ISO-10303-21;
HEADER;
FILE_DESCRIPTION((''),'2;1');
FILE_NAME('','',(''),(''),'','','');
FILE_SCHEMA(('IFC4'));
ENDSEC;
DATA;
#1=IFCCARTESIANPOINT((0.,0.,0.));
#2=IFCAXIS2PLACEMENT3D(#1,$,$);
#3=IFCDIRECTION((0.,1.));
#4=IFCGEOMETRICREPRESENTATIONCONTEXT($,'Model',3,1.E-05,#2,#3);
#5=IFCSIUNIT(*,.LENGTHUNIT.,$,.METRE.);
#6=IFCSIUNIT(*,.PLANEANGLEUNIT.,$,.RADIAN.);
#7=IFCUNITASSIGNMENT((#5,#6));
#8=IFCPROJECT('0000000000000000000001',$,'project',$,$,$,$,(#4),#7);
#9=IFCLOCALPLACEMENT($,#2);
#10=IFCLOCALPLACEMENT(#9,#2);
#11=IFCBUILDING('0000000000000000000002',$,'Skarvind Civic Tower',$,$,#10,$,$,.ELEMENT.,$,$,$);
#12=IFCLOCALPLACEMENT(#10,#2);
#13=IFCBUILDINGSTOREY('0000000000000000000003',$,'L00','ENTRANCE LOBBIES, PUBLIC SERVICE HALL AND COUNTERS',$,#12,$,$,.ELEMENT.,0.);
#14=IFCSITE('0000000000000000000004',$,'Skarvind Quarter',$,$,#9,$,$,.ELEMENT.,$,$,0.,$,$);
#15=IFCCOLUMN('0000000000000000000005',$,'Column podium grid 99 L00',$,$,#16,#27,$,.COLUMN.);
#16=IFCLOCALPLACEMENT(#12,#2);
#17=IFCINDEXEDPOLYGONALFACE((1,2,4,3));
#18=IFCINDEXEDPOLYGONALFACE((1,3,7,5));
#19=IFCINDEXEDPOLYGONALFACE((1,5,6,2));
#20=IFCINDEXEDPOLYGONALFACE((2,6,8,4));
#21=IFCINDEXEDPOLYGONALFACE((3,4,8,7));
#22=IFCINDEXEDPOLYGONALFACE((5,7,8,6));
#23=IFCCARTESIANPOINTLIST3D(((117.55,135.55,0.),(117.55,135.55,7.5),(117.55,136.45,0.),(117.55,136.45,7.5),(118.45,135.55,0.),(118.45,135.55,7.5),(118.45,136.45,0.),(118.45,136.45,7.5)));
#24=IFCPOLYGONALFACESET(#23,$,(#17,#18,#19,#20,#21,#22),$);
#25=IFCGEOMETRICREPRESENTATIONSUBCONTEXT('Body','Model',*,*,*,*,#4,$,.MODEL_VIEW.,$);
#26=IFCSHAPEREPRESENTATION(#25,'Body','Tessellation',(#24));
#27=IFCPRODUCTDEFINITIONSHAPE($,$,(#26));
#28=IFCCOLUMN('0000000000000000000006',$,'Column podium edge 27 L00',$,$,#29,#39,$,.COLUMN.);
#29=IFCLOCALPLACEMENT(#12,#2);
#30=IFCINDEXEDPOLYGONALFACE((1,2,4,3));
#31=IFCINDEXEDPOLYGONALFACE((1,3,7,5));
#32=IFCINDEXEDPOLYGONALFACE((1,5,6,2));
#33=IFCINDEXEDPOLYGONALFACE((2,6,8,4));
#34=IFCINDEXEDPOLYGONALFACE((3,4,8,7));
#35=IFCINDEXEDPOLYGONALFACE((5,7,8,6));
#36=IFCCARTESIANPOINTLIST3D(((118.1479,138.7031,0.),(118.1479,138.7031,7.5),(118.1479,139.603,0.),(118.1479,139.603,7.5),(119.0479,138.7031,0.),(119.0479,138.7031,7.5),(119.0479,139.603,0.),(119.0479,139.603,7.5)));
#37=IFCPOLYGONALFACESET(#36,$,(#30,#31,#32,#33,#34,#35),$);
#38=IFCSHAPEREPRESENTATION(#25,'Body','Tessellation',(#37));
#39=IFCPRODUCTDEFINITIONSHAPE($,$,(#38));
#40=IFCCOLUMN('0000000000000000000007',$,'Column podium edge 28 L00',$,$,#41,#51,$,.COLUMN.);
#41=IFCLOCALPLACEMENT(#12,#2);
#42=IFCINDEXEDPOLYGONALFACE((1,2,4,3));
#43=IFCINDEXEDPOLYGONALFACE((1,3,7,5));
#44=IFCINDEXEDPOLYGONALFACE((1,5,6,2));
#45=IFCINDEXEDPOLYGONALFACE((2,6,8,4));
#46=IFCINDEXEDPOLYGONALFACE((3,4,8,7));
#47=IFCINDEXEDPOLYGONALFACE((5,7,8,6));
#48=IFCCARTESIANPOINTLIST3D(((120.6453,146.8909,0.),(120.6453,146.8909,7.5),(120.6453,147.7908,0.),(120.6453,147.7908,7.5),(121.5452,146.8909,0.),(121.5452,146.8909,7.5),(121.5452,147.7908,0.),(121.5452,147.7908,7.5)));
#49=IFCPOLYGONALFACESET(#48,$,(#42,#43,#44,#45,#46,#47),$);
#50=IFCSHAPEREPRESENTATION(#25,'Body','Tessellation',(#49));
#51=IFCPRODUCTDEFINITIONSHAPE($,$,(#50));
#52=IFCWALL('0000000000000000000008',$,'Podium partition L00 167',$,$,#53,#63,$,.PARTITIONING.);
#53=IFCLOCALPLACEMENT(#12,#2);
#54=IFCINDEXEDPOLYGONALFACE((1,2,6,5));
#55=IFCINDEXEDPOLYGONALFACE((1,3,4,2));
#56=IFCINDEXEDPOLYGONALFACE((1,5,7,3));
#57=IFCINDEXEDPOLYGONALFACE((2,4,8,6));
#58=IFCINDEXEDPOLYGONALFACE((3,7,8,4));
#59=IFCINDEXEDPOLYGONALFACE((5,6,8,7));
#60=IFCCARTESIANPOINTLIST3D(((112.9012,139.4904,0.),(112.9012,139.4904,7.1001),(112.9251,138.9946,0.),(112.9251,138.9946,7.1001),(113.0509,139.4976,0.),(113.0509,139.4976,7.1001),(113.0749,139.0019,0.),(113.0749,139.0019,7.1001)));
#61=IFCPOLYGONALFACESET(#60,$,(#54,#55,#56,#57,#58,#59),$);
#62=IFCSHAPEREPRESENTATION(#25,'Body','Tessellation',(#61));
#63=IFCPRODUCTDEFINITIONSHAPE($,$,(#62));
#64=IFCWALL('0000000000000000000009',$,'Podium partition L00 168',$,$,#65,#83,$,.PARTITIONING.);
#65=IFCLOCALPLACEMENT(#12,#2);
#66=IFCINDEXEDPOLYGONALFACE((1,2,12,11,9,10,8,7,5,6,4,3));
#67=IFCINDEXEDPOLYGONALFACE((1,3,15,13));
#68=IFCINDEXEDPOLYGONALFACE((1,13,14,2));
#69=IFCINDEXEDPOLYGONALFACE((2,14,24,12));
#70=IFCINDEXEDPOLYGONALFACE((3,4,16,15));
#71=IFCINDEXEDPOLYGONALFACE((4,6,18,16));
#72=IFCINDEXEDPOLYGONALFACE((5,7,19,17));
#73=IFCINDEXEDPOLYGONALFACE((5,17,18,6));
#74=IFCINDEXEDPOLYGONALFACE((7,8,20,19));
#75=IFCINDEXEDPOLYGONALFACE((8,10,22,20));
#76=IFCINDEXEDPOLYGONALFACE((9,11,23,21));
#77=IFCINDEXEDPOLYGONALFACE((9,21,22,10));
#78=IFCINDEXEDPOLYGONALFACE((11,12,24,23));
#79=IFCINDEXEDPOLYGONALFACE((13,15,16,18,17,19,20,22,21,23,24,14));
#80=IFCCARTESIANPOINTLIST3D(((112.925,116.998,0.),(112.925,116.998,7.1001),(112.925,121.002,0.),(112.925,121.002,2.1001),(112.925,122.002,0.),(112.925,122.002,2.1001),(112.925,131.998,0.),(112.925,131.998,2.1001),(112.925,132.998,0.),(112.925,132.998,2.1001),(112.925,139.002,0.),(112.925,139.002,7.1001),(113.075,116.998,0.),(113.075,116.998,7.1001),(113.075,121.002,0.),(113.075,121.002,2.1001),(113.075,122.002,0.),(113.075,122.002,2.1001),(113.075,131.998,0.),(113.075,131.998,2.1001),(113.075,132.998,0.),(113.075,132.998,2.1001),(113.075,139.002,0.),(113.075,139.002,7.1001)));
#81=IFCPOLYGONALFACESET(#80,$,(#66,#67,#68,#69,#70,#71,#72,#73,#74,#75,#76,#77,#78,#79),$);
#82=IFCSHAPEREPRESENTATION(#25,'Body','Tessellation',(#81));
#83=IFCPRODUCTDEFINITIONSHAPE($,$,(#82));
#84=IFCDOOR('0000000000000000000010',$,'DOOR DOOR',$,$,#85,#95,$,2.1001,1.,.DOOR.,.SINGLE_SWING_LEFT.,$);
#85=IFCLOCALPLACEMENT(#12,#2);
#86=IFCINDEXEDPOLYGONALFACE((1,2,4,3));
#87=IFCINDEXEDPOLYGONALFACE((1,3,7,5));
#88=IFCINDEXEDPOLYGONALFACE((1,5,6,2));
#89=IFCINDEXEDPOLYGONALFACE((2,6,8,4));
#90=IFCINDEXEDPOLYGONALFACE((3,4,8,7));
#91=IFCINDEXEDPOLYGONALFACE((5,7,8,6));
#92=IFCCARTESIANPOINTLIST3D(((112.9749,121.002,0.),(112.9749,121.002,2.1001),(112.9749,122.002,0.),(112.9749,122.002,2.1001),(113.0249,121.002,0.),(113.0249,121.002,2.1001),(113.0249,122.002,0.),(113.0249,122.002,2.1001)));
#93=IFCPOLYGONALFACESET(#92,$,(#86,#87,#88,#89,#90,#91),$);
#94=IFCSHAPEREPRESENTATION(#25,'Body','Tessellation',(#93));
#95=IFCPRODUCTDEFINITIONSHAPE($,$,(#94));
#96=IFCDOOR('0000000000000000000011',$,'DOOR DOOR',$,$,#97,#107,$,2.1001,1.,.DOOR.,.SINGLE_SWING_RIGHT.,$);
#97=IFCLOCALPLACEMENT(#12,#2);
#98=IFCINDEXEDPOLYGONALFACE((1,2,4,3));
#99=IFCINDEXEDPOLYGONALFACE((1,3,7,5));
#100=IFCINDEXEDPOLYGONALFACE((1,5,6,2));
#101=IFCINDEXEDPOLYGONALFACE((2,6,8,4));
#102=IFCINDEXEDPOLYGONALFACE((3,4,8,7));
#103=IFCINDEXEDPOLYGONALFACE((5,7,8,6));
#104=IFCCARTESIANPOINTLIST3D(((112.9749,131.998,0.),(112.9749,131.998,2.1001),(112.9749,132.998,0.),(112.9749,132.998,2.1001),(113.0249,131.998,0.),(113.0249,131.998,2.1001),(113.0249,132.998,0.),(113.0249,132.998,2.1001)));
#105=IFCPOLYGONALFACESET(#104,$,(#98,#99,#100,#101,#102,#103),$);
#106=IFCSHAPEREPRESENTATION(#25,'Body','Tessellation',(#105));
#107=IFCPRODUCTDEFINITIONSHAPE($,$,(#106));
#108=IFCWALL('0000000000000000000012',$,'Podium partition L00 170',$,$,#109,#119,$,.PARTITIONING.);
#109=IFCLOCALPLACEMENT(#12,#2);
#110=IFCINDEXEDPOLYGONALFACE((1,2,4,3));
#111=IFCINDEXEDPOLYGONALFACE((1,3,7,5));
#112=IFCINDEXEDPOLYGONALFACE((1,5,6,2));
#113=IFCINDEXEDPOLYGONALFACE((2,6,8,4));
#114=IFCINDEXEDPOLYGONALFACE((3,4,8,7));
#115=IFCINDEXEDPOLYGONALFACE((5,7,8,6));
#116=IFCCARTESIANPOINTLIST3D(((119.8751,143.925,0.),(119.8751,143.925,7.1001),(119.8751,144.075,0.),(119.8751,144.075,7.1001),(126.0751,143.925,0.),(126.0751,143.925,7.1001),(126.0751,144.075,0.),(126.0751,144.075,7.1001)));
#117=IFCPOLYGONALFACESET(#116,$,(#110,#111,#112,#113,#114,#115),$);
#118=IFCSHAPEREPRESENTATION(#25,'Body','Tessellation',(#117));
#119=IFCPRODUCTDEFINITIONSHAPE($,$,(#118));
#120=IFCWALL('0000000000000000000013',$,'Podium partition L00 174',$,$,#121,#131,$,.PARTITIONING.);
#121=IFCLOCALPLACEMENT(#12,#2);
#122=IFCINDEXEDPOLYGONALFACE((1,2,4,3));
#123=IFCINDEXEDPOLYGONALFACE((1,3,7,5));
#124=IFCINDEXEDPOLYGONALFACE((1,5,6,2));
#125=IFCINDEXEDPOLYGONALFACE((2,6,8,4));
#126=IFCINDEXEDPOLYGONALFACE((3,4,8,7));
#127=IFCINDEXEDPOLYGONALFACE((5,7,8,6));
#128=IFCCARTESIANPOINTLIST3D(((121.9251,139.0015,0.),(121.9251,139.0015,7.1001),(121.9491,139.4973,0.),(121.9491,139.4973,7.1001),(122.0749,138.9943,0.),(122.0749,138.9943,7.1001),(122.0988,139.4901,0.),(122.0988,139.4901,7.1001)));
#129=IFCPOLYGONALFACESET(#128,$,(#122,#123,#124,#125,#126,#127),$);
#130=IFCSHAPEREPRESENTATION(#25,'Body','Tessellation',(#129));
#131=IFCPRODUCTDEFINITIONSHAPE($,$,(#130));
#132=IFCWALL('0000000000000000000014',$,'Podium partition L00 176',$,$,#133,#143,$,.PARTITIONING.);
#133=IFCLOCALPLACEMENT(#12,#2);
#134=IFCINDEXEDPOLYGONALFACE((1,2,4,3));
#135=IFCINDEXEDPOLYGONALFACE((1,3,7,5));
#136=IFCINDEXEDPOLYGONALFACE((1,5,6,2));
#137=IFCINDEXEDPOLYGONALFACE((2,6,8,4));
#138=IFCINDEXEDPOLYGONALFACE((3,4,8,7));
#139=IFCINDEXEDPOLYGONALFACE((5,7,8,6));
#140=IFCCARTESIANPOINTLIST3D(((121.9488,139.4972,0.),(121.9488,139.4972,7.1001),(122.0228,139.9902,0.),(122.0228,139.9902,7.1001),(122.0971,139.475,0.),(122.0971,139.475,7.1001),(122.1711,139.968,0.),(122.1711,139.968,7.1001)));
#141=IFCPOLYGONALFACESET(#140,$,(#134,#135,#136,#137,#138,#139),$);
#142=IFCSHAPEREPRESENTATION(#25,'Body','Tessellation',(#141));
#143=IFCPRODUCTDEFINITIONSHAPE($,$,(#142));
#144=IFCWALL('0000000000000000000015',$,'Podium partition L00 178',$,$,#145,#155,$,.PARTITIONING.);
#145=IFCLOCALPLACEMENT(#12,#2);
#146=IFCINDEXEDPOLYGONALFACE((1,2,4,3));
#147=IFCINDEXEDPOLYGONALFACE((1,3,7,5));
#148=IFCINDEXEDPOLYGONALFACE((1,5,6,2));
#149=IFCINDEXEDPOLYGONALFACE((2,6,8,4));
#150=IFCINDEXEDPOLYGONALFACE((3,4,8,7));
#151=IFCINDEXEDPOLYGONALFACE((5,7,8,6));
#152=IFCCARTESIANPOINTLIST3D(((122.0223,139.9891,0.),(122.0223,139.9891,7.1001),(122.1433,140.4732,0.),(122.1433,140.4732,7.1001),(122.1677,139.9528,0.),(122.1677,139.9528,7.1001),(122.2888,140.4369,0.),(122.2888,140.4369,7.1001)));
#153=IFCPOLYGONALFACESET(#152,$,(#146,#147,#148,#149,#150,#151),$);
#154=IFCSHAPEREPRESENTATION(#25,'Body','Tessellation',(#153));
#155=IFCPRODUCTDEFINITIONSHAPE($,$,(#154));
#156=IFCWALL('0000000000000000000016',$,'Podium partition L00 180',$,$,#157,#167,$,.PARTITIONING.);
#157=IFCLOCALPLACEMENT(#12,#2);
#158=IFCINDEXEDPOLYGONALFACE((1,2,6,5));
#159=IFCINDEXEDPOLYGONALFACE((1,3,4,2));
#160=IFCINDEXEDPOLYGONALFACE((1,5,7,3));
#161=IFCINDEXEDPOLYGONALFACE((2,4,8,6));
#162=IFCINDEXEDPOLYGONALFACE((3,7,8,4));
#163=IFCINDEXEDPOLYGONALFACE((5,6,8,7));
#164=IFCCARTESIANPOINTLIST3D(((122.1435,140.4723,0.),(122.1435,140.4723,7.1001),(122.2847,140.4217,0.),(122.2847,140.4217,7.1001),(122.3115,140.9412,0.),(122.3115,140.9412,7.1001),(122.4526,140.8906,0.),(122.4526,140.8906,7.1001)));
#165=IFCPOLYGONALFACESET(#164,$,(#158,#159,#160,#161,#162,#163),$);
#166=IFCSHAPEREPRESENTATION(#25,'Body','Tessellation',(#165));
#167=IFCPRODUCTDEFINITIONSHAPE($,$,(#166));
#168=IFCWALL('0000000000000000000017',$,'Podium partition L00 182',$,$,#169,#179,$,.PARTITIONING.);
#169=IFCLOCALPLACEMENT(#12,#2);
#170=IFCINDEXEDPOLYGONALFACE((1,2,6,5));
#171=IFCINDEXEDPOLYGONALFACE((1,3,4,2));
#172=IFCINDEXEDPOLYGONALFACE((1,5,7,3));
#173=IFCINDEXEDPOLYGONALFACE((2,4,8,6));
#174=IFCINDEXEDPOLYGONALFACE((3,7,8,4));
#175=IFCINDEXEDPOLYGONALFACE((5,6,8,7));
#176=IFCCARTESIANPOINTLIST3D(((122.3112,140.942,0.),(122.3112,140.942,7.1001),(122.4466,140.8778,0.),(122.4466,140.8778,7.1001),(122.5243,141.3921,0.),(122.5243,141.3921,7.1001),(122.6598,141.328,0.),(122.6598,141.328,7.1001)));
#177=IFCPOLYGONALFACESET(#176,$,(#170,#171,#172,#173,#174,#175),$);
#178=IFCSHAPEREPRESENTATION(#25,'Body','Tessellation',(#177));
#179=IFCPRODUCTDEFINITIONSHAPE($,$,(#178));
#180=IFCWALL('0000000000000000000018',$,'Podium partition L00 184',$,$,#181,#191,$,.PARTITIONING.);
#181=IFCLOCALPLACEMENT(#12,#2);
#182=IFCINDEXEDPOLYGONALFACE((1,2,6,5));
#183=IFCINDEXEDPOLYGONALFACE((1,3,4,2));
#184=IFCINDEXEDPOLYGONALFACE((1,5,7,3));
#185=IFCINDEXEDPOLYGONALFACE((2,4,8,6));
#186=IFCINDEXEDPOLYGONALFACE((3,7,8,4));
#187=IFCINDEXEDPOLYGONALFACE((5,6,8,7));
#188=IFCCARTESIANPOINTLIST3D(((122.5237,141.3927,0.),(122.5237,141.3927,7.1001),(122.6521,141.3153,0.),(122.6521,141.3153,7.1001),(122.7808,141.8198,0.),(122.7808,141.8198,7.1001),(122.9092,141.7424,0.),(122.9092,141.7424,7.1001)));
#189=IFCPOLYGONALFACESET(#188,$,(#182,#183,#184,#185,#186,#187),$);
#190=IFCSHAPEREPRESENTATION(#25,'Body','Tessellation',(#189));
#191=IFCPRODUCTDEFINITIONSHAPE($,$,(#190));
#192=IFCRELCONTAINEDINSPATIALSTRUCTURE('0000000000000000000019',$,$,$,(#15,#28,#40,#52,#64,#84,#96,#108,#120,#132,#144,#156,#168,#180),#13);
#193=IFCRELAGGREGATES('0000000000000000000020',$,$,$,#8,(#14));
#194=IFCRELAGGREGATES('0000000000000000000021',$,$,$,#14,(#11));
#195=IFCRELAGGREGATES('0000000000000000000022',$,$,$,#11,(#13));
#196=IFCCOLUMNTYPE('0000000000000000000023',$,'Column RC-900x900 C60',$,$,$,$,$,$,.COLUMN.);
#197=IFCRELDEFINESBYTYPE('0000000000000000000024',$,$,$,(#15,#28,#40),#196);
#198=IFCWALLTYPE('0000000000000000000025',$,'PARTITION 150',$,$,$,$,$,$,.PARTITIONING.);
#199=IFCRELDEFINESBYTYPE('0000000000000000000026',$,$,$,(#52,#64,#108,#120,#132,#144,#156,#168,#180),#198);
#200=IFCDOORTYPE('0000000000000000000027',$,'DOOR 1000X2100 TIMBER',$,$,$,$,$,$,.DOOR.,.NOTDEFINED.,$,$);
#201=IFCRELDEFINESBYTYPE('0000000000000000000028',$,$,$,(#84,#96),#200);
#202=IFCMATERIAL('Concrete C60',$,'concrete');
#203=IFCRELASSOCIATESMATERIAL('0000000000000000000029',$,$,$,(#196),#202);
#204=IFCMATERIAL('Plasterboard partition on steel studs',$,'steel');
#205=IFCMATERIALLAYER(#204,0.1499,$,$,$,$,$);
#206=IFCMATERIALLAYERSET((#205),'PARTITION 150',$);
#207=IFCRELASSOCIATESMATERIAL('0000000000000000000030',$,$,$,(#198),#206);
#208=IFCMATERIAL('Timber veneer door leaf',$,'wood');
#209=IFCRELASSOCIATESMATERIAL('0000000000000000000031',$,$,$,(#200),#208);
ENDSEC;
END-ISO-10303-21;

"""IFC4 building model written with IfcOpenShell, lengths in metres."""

from ifc_helpers import new_model, si_unit, direction, frame, frame_2d, origin, origin_2d, place, context, subcontext, project, spatial, rectangle, extrude, material, layer, layer_set, material_profile, profile_set, type_object, element, fill, save


model = new_model("IFC4")

# Units and contexts
model_context = context("Model", 3, precision=1e-05, world=origin(), true_north=direction((0.0, 1.0)))
body_context = subcontext(model_context, "Body", "Model", "MODEL_VIEW")
ifc_project = project(units=[si_unit("LENGTHUNIT", "METRE"), si_unit("PLANEANGLEUNIT", "RADIAN")], contexts=[model_context])

# Site, building, storey
site_placement = place(None, origin())
site = spatial("IfcSite", under=ifc_project, at=site_placement, Name="Skarvind Quarter", CompositionType="ELEMENT", RefElevation=0.0)
building_placement = place(site_placement, origin())
building = spatial("IfcBuilding", under=site, at=building_placement, Name="Skarvind Civic Tower", CompositionType="ELEMENT")
storey_placement = place(building_placement, origin())
storey = spatial("IfcBuildingStorey", under=building, at=storey_placement, Name="L00", Description="ENTRANCE LOBBIES, PUBLIC SERVICE HALL AND COUNTERS", CompositionType="ELEMENT", Elevation=0.0)

# Columns
ifc_material_1 = material(Name="Concrete C60", Category="concrete")
ifc_material_profile = material_profile(ifc_material_1, rectangle(XDim=0.8999, YDim=0.8999, at=origin_2d()), Name="RC-900x900")
ifc_profile_set = profile_set([ifc_material_profile], Name="Concrete C60")
column_type = type_object("IfcColumnType", Name="Column RC-900x900 C60", PredefinedType="COLUMN", material=ifc_profile_set)
for number, where, z_axis, x_axis, name in (
    (1, (118.0, 136.0, 0.0), (0.0, 0.0, 1.0), (1.0, 0.0, 0.0), "Column podium grid 99 L00"),
    (2, (118.5979, 139.1531, 0.0), (0.0, 0.0, 1.0), (1.0, 0.0, 0.0), "Column podium edge 27 L00"),
    (3, (121.0952, 147.3408, 0.0), (0.0, 0.0, 1.0), (1.0, 0.0, 0.0), "Column podium edge 28 L00"),
):
    element("IfcColumn", number, at=place(storey_placement, frame(where, z_axis=z_axis, x_axis=x_axis)), inside=storey, type_object=column_type, Name=name, PredefinedType="COLUMN", context=body_context, shape_type="SweptSolid", body=[
        extrude(rectangle(XDim=0.8999, YDim=0.8999, at=origin_2d()), origin(), (0.0, 0.0, 1.0), 7.5),
    ])

# Wall
ifc_material_2 = material(Name="Plasterboard partition on steel studs", Category="steel")
ifc_layer_1 = layer(ifc_material_2, 0.1499)
ifc_layer_set_1 = layer_set([ifc_layer_1], Name="PARTITION 150")
wall_type_1 = type_object("IfcWallType", Name="PARTITION 150", PredefinedType="PARTITIONING", material=ifc_layer_set_1)
wall_1_placement = place(storey_placement, frame((112.9761, 139.4939, 0.0), z_axis=(0.0, 0.0, 1.0), x_axis=(0.048196, -0.998838, 0.0)))
element("IfcWall", 4, at=wall_1_placement, inside=storey, type_object=wall_type_1, Name="Podium partition L00 167", PredefinedType="PARTITIONING", context=body_context, shape_type="SweptSolid", body=[
    extrude(rectangle(XDim=0.4963, YDim=0.1499, at=frame_2d((0.248, 0.0))), origin(), (0.0, 0.0, 1.0), 7.1001),
])

# Wall, openings, doors
wall_2_placement = place(storey_placement, frame((113.0, 139.002, 0.0), z_axis=(0.0, 0.0, 1.0), x_axis=(0.0, -1.0, 0.0)))
wall_2 = element("IfcWall", 5, at=wall_2_placement, inside=storey, type_object=wall_type_1, Name="Podium partition L00 168", PredefinedType="PARTITIONING", context=body_context, shape_type="SweptSolid", body=[
    extrude(rectangle(XDim=22.0039, YDim=0.1499, at=frame_2d((11.002, 0.0))), origin(), (0.0, 0.0, 1.0), 7.1001),
])
opening_1_placement = place(wall_2_placement, frame((17.0, 0.0, 0.0)))
opening_1 = element("IfcOpeningElement", 6, at=opening_1_placement, cuts=wall_2, PredefinedType="OPENING", context=body_context, shape_type="SweptSolid", body=[
    extrude(rectangle(XDim=1.0, YDim=2.1001, at=frame_2d((0.5, 1.05))), frame((0.0, 0.085, 0.0), z_axis=(0.0, -1.0, 0.0), x_axis=(1.0, 0.0, 0.0)), (0.0, 0.0, 1.0), 0.1699),
])
opening_2_placement = place(wall_2_placement, frame((6.0039, 0.0, 0.0)))
opening_2 = element("IfcOpeningElement", 7, at=opening_2_placement, cuts=wall_2, PredefinedType="OPENING", context=body_context, shape_type="SweptSolid", body=[
    extrude(rectangle(XDim=1.0, YDim=2.1001, at=frame_2d((0.5, 1.05))), frame((0.0, 0.085, 0.0), z_axis=(0.0, -1.0, 0.0), x_axis=(1.0, 0.0, 0.0)), (0.0, 0.0, 1.0), 0.1699),
])
ifc_material_3 = material(Name="Timber veneer door leaf", Category="wood")
door_type = type_object("IfcDoorType", Name="DOOR 1000X2100 TIMBER", OperationType="NOTDEFINED", PredefinedType="DOOR", material=ifc_material_3)
door_1_placement = place(opening_1_placement, origin())
door_1 = element("IfcDoor", 8, at=door_1_placement, inside=storey, type_object=door_type, Name="DOOR DOOR", OperationType="SINGLE_SWING_LEFT", OverallHeight=2.1001, OverallWidth=1.0, PredefinedType="DOOR", context=body_context, shape_type="SweptSolid", body=[
    extrude(rectangle(XDim=1.0, YDim=2.1001, at=frame_2d((0.5, 1.05))), frame((0.0, 0.0249, 0.0), z_axis=(0.0, -1.0, 0.0), x_axis=(1.0, 0.0, 0.0)), (0.0, 0.0, 1.0), 0.05),
])
fill(opening_1, door_1)
door_2_placement = place(opening_2_placement, origin())
door_2 = element("IfcDoor", 9, at=door_2_placement, inside=storey, type_object=door_type, Name="DOOR DOOR", OperationType="SINGLE_SWING_RIGHT", OverallHeight=2.1001, OverallWidth=1.0, PredefinedType="DOOR", context=body_context, shape_type="SweptSolid", body=[
    extrude(rectangle(XDim=1.0, YDim=2.1001, at=frame_2d((0.5, 1.05))), frame((0.0, 0.0249, 0.0), z_axis=(0.0, -1.0, 0.0), x_axis=(1.0, 0.0, 0.0)), (0.0, 0.0, 1.0), 0.05),
])
fill(opening_2, door_2)

# Walls
wall_3_placement = place(storey_placement, frame((119.875, 144.0, 0.0), z_axis=(0.0, 0.0, 1.0), x_axis=(1.0, 0.0, 0.0)))
element("IfcWall", 10, at=wall_3_placement, inside=storey, type_object=wall_type_1, Name="Podium partition L00 170", PredefinedType="PARTITIONING", context=body_context, shape_type="SweptSolid", body=[
    extrude(rectangle(XDim=6.2, YDim=0.1499, at=frame_2d((3.1001, 0.0))), origin(), (0.0, 0.0, 1.0), 7.1001),
])
wall_4_placement = place(storey_placement, frame((122.0, 138.998, 0.0), z_axis=(0.0, 0.0, 1.0), x_axis=(0.048196, 0.998838, 0.0)))
element("IfcWall", 11, at=wall_4_placement, inside=storey, type_object=wall_type_1, Name="Podium partition L00 174", PredefinedType="PARTITIONING", context=body_context, shape_type="SweptSolid", body=[
    extrude(rectangle(XDim=0.4963, YDim=0.1499, at=frame_2d((0.248, 0.0))), origin(), (0.0, 0.0, 1.0), 7.1001),
])
wall_5_placement = place(storey_placement, frame((122.0229, 139.4861, 0.0), z_axis=(0.0, 0.0, 1.0), x_axis=(0.148412, 0.988926, 0.0)))
element("IfcWall", 12, at=wall_5_placement, inside=storey, type_object=wall_type_1, Name="Podium partition L00 176", PredefinedType="PARTITIONING", context=body_context, shape_type="SweptSolid", body=[
    extrude(rectangle(XDim=0.4985, YDim=0.1499, at=frame_2d((0.2493, 0.0))), origin(), (0.0, 0.0, 1.0), 7.1001),
])
wall_6_placement = place(storey_placement, frame((122.095, 139.9709, 0.0), z_axis=(0.0, 0.0, 1.0), x_axis=(0.242651, 0.970114, 0.0)))
element("IfcWall", 13, at=wall_6_placement, inside=storey, type_object=wall_type_1, Name="Podium partition L00 178", PredefinedType="PARTITIONING", context=body_context, shape_type="SweptSolid", body=[
    extrude(rectangle(XDim=0.499, YDim=0.1499, at=frame_2d((0.2495, 0.0))), origin(), (0.0, 0.0, 1.0), 7.1001),
])
for number, where, z_axis, x_axis, name in (
    (14, (122.2141, 140.447, 0.0), (0.0, 0.0, 1.0), (0.337174, 0.941442, 0.0), "Podium partition L00 180"),
    (15, (122.3789, 140.9099, 0.0), (0.0, 0.0, 1.0), (0.427897, 0.903828, 0.0), "Podium partition L00 182"),
):
    element("IfcWall", number, at=place(storey_placement, frame(where, z_axis=z_axis, x_axis=x_axis)), inside=storey, type_object=wall_type_1, Name=name, PredefinedType="PARTITIONING", context=body_context, shape_type="SweptSolid", body=[
        extrude(rectangle(XDim=0.498, YDim=0.1499, at=frame_2d((0.249, 0.0))), origin(), (0.0, 0.0, 1.0), 7.1001),
    ])
wall_7_placement = place(storey_placement, frame((122.5879, 141.354, 0.0), z_axis=(0.0, 0.0, 1.0), x_axis=(0.515792, 0.856714, 0.0)))
element("IfcWall", 16, at=wall_7_placement, inside=storey, type_object=wall_type_1, Name="Podium partition L00 184", PredefinedType="PARTITIONING", context=body_context, shape_type="SweptSolid", body=[
    extrude(rectangle(XDim=0.4985, YDim=0.1499, at=frame_2d((0.2493, 0.0))), origin(), (0.0, 0.0, 1.0), 7.1001),
])

save(model, "model.ifc")
